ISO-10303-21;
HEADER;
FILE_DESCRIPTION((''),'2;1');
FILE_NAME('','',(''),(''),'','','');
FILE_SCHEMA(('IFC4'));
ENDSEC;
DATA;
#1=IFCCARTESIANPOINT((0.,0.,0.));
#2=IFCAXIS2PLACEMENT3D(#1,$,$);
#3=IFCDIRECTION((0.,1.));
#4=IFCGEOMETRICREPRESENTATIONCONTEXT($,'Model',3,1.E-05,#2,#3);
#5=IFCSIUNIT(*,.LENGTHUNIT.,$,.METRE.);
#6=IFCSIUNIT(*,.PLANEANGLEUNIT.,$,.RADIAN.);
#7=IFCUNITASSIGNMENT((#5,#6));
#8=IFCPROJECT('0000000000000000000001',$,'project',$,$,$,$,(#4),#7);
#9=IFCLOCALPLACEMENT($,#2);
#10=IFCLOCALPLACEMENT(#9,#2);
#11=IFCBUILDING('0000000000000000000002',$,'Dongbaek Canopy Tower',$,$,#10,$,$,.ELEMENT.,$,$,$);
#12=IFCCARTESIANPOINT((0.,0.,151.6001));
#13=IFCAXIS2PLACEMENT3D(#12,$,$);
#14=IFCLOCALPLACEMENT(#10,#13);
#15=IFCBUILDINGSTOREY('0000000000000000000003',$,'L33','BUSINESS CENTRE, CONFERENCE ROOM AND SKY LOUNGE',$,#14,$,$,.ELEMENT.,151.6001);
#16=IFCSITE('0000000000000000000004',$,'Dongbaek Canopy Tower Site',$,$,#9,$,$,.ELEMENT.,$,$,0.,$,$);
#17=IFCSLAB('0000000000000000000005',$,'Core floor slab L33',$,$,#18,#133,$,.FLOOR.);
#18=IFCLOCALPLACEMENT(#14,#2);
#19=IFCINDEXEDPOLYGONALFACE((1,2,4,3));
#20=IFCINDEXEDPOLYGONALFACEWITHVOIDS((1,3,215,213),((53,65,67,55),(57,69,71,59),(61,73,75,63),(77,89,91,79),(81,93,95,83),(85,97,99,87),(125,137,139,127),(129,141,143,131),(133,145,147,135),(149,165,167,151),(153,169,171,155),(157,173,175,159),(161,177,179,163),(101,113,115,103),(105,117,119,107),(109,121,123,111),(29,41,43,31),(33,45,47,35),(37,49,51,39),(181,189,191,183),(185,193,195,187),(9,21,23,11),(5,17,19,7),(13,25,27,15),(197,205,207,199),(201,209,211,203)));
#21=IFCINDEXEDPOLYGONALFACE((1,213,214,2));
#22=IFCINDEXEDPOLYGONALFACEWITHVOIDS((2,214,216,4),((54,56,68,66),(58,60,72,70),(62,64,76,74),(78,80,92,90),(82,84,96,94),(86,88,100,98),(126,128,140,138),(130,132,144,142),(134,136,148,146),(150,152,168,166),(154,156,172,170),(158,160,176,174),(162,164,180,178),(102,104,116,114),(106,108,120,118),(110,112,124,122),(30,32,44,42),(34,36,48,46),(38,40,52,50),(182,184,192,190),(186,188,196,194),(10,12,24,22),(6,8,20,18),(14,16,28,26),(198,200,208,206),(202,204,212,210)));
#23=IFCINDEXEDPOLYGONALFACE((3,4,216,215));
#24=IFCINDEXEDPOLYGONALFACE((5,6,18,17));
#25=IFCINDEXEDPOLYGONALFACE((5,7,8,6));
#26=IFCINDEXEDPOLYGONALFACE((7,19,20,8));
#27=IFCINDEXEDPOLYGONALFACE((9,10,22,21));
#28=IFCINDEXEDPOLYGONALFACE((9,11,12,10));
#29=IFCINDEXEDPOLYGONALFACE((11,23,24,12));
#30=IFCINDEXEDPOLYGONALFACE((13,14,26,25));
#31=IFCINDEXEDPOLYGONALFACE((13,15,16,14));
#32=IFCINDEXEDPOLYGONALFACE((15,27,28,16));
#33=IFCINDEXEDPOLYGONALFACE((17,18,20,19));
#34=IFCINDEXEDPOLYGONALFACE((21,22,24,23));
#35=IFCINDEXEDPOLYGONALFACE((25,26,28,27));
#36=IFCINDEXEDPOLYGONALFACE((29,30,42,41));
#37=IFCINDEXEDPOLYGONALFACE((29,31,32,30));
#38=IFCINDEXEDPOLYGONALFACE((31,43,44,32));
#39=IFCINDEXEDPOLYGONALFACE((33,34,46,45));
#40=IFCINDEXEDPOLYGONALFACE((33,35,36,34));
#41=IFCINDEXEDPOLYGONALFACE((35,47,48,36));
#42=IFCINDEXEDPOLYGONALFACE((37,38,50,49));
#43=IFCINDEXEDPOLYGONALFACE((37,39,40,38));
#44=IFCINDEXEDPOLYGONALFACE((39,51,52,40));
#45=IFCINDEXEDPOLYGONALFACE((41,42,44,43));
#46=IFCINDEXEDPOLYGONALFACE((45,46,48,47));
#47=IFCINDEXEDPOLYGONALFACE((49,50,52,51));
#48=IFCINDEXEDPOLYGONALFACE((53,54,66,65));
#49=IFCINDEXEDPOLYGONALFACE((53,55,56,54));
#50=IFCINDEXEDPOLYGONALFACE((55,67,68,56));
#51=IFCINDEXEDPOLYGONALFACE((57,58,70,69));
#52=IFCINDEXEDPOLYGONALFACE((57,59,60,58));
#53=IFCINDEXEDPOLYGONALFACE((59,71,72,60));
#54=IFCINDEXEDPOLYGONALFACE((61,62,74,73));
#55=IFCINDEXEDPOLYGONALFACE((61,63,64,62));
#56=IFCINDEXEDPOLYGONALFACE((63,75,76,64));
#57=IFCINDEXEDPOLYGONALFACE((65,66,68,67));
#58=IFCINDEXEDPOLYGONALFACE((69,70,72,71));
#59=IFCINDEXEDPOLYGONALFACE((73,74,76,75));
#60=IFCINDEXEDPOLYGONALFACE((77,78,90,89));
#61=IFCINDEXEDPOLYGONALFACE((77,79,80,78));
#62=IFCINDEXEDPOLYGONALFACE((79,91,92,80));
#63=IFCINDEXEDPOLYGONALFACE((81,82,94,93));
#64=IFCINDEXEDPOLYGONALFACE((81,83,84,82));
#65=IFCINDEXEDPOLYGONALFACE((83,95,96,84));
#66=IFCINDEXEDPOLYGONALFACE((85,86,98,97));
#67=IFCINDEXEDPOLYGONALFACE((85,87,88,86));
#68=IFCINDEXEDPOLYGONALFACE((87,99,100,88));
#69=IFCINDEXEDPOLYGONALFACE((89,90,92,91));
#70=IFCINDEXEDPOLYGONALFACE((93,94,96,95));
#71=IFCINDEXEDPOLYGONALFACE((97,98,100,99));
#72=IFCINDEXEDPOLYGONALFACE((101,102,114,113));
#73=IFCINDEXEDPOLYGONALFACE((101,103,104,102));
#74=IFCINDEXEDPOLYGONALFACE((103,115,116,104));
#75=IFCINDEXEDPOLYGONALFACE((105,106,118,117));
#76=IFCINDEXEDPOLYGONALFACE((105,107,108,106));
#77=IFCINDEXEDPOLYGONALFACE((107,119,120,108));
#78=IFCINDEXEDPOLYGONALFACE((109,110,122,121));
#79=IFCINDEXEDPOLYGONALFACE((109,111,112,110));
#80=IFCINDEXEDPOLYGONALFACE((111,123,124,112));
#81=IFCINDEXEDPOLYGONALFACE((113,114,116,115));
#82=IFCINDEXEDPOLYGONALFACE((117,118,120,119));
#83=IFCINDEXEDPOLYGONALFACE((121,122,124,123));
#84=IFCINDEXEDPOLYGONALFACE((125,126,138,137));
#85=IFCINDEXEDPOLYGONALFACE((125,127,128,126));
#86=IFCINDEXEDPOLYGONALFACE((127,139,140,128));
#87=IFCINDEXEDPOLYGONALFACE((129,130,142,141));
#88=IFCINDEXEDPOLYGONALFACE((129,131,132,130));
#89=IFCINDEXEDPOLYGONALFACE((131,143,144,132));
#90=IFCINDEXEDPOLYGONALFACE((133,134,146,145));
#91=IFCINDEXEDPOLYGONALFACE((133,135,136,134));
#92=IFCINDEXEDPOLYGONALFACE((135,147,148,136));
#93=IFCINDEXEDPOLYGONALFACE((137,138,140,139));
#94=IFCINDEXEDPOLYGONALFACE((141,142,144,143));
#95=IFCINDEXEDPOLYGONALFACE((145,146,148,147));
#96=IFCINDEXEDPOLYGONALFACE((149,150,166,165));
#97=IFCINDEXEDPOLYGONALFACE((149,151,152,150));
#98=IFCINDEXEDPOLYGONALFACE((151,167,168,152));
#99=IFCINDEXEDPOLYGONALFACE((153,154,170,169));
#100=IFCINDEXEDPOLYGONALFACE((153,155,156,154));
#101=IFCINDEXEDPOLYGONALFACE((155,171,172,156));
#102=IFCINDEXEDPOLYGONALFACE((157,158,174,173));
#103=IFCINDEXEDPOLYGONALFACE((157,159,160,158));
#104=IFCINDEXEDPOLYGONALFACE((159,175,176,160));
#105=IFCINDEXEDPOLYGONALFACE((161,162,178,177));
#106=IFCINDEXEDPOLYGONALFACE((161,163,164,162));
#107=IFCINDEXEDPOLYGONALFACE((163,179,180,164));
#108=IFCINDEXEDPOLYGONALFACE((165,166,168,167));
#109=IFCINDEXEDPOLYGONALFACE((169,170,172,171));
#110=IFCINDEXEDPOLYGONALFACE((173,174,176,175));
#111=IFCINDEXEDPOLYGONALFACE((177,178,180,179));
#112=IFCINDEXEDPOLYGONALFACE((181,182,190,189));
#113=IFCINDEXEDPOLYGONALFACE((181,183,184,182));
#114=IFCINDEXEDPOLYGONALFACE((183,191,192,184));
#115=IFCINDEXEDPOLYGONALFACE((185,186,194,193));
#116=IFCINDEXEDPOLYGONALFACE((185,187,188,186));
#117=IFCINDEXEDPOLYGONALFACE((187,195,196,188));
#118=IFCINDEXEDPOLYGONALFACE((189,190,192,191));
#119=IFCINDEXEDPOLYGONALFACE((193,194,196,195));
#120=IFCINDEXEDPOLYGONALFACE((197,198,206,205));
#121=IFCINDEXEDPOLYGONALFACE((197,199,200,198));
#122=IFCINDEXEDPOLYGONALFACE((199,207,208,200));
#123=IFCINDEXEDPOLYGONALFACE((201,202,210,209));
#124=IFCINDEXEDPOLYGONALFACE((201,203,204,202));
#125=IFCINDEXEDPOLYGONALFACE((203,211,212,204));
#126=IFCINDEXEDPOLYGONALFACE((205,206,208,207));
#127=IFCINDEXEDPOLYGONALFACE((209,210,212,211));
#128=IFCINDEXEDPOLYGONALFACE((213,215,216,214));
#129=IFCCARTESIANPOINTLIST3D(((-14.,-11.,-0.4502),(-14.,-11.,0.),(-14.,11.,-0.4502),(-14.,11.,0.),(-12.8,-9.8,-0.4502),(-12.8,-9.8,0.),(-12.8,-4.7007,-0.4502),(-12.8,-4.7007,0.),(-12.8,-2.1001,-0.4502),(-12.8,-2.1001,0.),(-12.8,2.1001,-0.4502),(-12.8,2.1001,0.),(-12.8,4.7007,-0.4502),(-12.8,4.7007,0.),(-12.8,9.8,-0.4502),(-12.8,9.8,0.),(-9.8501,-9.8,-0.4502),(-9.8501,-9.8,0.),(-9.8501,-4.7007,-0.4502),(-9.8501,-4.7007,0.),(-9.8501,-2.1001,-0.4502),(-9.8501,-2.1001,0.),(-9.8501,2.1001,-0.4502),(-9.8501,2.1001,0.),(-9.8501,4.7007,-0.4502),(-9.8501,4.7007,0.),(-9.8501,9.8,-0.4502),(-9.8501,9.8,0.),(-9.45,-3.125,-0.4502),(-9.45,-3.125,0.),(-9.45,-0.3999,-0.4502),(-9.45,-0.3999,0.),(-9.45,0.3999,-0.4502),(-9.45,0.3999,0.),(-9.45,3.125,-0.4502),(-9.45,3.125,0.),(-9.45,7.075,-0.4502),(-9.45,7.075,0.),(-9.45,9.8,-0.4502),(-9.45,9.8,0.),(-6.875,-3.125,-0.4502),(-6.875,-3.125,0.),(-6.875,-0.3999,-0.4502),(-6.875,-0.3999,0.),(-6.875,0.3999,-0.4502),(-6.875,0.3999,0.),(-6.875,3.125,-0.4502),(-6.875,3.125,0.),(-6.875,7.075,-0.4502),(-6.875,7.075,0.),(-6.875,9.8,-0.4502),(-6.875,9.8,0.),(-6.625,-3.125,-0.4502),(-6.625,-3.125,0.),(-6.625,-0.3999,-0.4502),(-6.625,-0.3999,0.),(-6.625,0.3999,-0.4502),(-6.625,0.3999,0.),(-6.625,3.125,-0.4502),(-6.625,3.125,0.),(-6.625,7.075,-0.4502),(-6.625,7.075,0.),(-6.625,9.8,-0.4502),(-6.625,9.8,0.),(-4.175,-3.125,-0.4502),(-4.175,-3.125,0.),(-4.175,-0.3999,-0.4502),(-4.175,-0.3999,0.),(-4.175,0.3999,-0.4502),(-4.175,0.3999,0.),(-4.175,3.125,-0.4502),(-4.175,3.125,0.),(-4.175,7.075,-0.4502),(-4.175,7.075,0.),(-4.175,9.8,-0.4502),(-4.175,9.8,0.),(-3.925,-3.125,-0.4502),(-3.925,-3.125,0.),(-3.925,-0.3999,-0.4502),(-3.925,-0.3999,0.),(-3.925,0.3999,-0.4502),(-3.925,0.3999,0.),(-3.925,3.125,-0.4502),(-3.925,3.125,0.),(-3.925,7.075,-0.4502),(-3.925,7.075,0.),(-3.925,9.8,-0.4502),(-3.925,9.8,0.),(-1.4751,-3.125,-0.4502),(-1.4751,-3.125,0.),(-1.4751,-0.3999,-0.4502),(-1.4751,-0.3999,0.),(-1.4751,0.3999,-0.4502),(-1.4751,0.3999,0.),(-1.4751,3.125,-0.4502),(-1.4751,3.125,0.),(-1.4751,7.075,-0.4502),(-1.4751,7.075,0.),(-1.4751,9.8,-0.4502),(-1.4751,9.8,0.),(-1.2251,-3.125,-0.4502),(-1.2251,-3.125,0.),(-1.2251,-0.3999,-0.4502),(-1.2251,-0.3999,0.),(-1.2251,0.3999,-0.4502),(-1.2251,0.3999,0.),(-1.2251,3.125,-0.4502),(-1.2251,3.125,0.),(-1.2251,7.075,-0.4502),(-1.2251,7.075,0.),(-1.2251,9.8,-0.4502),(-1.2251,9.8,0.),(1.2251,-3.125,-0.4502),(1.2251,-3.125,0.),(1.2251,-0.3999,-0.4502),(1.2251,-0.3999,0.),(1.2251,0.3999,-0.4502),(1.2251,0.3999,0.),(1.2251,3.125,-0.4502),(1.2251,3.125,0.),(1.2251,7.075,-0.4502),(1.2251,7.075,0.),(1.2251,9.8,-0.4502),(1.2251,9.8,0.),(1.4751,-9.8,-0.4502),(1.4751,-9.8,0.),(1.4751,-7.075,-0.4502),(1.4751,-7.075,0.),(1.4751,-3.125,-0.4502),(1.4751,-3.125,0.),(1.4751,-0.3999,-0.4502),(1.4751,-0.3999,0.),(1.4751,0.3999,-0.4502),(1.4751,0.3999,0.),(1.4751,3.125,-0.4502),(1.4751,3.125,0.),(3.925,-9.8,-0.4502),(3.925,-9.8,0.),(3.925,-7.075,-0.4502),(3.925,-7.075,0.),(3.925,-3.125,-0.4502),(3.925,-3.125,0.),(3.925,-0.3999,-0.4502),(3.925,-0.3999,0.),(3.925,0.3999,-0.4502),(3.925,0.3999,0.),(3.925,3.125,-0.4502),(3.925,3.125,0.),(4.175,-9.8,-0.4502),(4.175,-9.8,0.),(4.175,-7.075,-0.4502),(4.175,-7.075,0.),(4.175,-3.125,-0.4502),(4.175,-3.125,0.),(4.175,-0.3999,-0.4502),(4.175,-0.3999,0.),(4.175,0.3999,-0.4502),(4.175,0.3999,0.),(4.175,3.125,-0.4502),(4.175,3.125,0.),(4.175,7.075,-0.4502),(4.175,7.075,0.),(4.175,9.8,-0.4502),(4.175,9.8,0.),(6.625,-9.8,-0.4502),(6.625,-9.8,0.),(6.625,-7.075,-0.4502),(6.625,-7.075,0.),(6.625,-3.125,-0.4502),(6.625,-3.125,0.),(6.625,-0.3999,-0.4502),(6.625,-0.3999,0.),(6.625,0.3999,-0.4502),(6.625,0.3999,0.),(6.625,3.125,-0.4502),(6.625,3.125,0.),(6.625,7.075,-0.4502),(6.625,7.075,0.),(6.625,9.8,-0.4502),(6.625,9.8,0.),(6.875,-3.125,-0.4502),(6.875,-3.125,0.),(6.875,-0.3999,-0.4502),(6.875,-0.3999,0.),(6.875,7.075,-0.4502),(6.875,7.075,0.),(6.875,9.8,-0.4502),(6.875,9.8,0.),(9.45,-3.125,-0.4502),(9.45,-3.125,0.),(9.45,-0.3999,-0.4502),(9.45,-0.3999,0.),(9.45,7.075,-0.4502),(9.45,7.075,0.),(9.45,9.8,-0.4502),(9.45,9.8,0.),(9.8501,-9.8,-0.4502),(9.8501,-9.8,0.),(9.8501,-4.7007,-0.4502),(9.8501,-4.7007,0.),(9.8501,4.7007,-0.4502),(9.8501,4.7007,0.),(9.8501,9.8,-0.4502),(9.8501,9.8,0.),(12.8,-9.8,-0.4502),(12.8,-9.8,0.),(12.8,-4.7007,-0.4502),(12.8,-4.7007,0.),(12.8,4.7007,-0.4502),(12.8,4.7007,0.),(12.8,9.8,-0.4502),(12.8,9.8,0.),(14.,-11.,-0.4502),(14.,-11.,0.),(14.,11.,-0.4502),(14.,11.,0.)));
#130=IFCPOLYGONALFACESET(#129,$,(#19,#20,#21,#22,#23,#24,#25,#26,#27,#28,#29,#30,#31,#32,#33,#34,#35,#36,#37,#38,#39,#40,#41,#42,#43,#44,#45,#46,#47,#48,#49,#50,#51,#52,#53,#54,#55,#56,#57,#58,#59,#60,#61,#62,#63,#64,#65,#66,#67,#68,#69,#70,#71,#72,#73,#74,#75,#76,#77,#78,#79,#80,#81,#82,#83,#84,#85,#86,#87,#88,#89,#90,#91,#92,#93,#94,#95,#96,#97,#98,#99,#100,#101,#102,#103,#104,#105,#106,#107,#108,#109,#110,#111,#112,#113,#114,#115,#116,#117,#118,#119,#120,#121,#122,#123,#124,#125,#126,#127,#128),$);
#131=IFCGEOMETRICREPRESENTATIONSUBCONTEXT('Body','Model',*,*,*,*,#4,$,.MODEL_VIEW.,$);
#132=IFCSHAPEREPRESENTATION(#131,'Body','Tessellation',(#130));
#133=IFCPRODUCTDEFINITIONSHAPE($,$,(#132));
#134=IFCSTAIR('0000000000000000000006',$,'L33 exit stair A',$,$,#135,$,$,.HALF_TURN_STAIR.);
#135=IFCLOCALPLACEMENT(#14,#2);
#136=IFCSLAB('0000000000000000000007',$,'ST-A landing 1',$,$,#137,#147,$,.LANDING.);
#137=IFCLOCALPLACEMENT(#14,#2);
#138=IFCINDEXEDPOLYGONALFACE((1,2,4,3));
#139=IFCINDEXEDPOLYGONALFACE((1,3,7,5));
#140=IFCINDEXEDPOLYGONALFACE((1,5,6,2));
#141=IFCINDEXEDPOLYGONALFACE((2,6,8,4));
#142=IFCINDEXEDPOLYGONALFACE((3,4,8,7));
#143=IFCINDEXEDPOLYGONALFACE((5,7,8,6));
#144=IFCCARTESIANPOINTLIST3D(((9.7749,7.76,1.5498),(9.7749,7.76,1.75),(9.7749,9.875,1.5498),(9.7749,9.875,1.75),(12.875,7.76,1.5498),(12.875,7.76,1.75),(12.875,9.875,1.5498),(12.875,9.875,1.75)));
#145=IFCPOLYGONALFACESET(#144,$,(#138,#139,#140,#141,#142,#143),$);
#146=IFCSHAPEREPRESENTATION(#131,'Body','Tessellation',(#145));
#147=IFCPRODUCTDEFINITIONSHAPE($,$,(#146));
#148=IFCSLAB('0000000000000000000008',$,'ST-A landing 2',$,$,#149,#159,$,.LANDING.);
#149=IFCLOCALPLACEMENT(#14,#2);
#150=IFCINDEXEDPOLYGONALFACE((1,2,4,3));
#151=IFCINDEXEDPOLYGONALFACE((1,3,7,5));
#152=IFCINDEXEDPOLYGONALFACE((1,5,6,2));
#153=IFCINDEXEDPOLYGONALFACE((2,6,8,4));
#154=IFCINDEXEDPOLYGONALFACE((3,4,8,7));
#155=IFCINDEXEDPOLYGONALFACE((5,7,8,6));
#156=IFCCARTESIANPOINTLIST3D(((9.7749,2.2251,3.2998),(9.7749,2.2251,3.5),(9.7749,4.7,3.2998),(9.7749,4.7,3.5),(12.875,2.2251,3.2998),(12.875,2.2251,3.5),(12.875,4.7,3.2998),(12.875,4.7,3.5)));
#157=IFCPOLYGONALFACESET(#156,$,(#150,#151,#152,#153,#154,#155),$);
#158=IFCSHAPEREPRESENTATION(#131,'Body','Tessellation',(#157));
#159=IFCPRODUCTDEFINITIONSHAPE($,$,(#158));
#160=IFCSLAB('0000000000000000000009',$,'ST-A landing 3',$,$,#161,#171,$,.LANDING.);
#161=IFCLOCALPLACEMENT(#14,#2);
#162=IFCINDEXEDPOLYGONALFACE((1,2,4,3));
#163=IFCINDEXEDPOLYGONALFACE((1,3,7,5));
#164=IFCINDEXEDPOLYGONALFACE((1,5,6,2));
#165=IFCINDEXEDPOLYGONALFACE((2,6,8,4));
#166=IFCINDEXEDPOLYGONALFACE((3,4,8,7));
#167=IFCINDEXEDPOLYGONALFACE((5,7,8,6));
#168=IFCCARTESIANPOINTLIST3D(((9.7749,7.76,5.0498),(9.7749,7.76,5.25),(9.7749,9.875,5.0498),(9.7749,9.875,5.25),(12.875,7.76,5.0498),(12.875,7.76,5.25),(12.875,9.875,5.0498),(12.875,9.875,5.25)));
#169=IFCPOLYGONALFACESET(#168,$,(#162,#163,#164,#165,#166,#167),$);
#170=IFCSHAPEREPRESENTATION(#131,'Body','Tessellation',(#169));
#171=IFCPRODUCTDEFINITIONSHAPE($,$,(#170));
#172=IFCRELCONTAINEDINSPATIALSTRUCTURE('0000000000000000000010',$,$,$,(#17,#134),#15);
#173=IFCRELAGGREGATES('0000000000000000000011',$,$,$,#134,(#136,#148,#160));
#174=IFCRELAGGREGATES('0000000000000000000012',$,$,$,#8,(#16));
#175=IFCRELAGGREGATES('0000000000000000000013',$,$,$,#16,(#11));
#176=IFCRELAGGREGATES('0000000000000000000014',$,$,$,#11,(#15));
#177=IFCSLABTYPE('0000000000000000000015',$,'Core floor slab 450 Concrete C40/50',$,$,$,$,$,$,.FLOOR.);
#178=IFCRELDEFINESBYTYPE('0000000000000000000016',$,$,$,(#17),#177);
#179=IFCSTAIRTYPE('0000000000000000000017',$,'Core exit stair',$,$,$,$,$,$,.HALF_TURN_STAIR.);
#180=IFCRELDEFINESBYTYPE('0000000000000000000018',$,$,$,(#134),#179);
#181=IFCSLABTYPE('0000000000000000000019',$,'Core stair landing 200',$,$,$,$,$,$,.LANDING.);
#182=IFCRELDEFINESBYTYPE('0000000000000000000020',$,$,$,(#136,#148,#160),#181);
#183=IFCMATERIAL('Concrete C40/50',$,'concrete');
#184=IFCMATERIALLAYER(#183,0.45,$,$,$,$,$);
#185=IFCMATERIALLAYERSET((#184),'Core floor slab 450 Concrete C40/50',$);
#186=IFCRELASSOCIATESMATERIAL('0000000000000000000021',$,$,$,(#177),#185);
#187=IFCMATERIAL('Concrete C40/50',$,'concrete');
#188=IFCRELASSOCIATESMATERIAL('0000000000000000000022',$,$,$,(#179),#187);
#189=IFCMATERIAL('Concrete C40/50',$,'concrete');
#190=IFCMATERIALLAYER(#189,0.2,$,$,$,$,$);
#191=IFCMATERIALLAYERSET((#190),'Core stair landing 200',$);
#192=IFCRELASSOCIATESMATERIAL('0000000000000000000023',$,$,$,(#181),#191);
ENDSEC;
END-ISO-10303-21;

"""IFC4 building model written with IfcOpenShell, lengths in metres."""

from ifc_helpers import new_model, si_unit, direction, frame, origin, place, context, subcontext, project, spatial, polyline, outline, extrude, material, layer, layer_set, type_object, element, aggregate, save


model = new_model("IFC4")

# Units and contexts
model_context = context("Model", 3, precision=1e-05, world=origin(), true_north=direction((0.0, 1.0)))
body_context = subcontext(model_context, "Body", "Model", "MODEL_VIEW")
ifc_project = project(units=[si_unit("LENGTHUNIT", "METRE"), si_unit("PLANEANGLEUNIT", "RADIAN")], contexts=[model_context])

# Site, building, storey
site_placement = place(None, origin())
site = spatial("IfcSite", under=ifc_project, at=site_placement, Name="Dongbaek Canopy Tower Site", CompositionType="ELEMENT", RefElevation=0.0)
building_placement = place(site_placement, origin())
building = spatial("IfcBuilding", under=site, at=building_placement, Name="Dongbaek Canopy Tower", CompositionType="ELEMENT")
storey_placement = place(building_placement, frame((0.0, 0.0, 151.6001)))
storey = spatial("IfcBuildingStorey", under=building, at=storey_placement, Name="L33", Description="BUSINESS CENTRE, CONFERENCE ROOM AND SKY LOUNGE", CompositionType="ELEMENT", Elevation=151.6001)

# Slab
ifc_material_1 = material(Name="Concrete C40/50", Category="concrete")
ifc_layer_1 = layer(ifc_material_1, 0.45)
ifc_layer_set_1 = layer_set([ifc_layer_1], Name="Core floor slab 450 Concrete C40/50")
slab_type_1 = type_object("IfcSlabType", Name="Core floor slab 450 Concrete C40/50", PredefinedType="FLOOR", material=ifc_layer_set_1)
slab_1_placement = place(storey_placement, frame((0.0, 0.0, -0.4502)))
element("IfcSlab", 1, at=slab_1_placement, inside=storey, type_object=slab_type_1, Name="Core floor slab L33", PredefinedType="FLOOR", context=body_context, shape_type="SweptSolid", body=[
    extrude(outline(polyline([(14.0, -11.0), (14.0, 11.0), (-14.0, 11.0), (-14.0, -11.0), (14.0, -11.0)]), holes=[polyline([(-12.8, 2.1001), (-9.8501, 2.1001), (-9.8501, -2.1001), (-12.8, -2.1001), (-12.8, 2.1001)]), polyline([(-6.875, 9.8), (-6.875, 7.075), (-9.45, 7.075), (-9.45, 9.8), (-6.875, 9.8)]), polyline([(-4.175, 9.8), (-4.175, 7.075), (-6.625, 7.075), (-6.625, 9.8), (-4.175, 9.8)]), polyline([(-1.4751, 9.8), (-1.4751, 7.075), (-3.925, 7.075), (-3.925, 9.8), (-1.4751, 9.8)]), polyline([(1.2251, 9.8), (1.2251, 7.075), (-1.2251, 7.075), (-1.2251, 9.8), (1.2251, 9.8)]), polyline([(6.625, 9.8), (6.625, 7.075), (4.175, 7.075), (4.175, 9.8), (6.625, 9.8)]), polyline([(9.45, 7.075), (6.875, 7.075), (6.875, 9.8), (9.45, 9.8), (9.45, 7.075)]), polyline([(-9.45, 3.125), (-6.875, 3.125), (-6.875, 0.3999), (-9.45, 0.3999), (-9.45, 3.125)]), polyline([(-6.625, 3.125), (-4.175, 3.125), (-4.175, 0.3999), (-6.625, 0.3999), (-6.625, 3.125)]), polyline([(-3.925, 3.125), (-1.4751, 3.125), (-1.4751, 0.3999), (-3.925, 0.3999), (-3.925, 3.125)]), polyline([(1.2251, 3.125), (1.2251, 0.3999), (-1.2251, 0.3999), (-1.2251, 3.125), (1.2251, 3.125)]), polyline([(1.4751, 3.125), (3.925, 3.125), (3.925, 0.3999), (1.4751, 0.3999), (1.4751, 3.125)]), polyline([(4.175, 3.125), (6.625, 3.125), (6.625, 0.3999), (4.175, 0.3999), (4.175, 3.125)]), polyline([(-9.45, -0.3999), (-6.875, -0.3999), (-6.875, -3.125), (-9.45, -3.125), (-9.45, -0.3999)]), polyline([(-6.625, -0.3999), (-4.175, -0.3999), (-4.175, -3.125), (-6.625, -3.125), (-6.625, -0.3999)]), polyline([(-3.925, -0.3999), (-1.4751, -0.3999), (-1.4751, -3.125), (-3.925, -3.125), (-3.925, -0.3999)]), polyline([(-1.2251, -0.3999), (1.2251, -0.3999), (1.2251, -3.125), (-1.2251, -3.125), (-1.2251, -0.3999)]), polyline([(1.4751, -0.3999), (3.925, -0.3999), (3.925, -3.125), (1.4751, -3.125), (1.4751, -0.3999)]), polyline([(4.175, -0.3999), (6.625, -0.3999), (6.625, -3.125), (4.175, -3.125), (4.175, -0.3999)]), polyline([(9.45, -3.125), (6.875, -3.125), (6.875, -0.3999), (9.45, -0.3999), (9.45, -3.125)]), polyline([(1.4751, -9.8), (1.4751, -7.075), (3.925, -7.075), (3.925, -9.8), (1.4751, -9.8)]), polyline([(4.175, -9.8), (4.175, -7.075), (6.625, -7.075), (6.625, -9.8), (4.175, -9.8)]), polyline([(12.8, 4.7007), (12.8, 9.8), (9.8501, 9.8), (9.8501, 4.7007), (12.8, 4.7007)]), polyline([(-9.8501, 4.7007), (-9.8501, 9.8), (-12.8, 9.8), (-12.8, 4.7007), (-9.8501, 4.7007)]), polyline([(9.8501, -4.7007), (9.8501, -9.8), (12.8, -9.8), (12.8, -4.7007), (9.8501, -4.7007)]), polyline([(-12.8, -4.7007), (-12.8, -9.8), (-9.8501, -9.8), (-9.8501, -4.7007), (-12.8, -4.7007)])]), origin(), (0.0, 0.0, 1.0), 0.4502),
])

# Stair, slabs
ifc_material_2 = material(Name="Concrete C40/50", Category="concrete")
stair_type = type_object("IfcStairType", Name="Core exit stair", PredefinedType="HALF_TURN_STAIR", material=ifc_material_2)
stair_1_placement = place(storey_placement, origin())
stair_1 = element("IfcStair", 2, at=stair_1_placement, inside=storey, type_object=stair_type, Name="L33 exit stair A", PredefinedType="HALF_TURN_STAIR")
ifc_material_3 = material(Name="Concrete C40/50", Category="concrete")
ifc_layer_2 = layer(ifc_material_3, 0.2)
ifc_layer_set_2 = layer_set([ifc_layer_2], Name="Core stair landing 200")
slab_type_2 = type_object("IfcSlabType", Name="Core stair landing 200", PredefinedType="LANDING", material=ifc_layer_set_2)
slab_2_placement = place(storey_placement, frame((0.0, 0.0, 1.5498)))
slab_2 = element("IfcSlab", 3, at=slab_2_placement, type_object=slab_type_2, Name="ST-A landing 1", PredefinedType="LANDING", context=body_context, shape_type="SweptSolid", body=[
    extrude(outline(polyline([(12.875, 7.76), (12.875, 9.875), (9.7749, 9.875), (9.7749, 7.76), (12.875, 7.76)])), origin(), (0.0, 0.0, 1.0), 0.2002),
])
slab_3_placement = place(storey_placement, frame((0.0, 0.0, 3.2998)))
slab_3 = element("IfcSlab", 4, at=slab_3_placement, type_object=slab_type_2, Name="ST-A landing 2", PredefinedType="LANDING", context=body_context, shape_type="SweptSolid", body=[
    extrude(outline(polyline([(12.875, 2.2251), (12.875, 4.7), (9.7749, 4.7), (9.7749, 2.2251), (12.875, 2.2251)])), origin(), (0.0, 0.0, 1.0), 0.2002),
])
slab_4_placement = place(storey_placement, frame((0.0, 0.0, 5.0498)))
slab_4 = element("IfcSlab", 5, at=slab_4_placement, type_object=slab_type_2, Name="ST-A landing 3", PredefinedType="LANDING", context=body_context, shape_type="SweptSolid", body=[
    extrude(outline(polyline([(12.875, 7.76), (12.875, 9.875), (9.7749, 9.875), (9.7749, 7.76), (12.875, 7.76)])), origin(), (0.0, 0.0, 1.0), 0.2002),
])
aggregate(stair_1, [slab_2, slab_3, slab_4])

save(model, "model.ifc")
